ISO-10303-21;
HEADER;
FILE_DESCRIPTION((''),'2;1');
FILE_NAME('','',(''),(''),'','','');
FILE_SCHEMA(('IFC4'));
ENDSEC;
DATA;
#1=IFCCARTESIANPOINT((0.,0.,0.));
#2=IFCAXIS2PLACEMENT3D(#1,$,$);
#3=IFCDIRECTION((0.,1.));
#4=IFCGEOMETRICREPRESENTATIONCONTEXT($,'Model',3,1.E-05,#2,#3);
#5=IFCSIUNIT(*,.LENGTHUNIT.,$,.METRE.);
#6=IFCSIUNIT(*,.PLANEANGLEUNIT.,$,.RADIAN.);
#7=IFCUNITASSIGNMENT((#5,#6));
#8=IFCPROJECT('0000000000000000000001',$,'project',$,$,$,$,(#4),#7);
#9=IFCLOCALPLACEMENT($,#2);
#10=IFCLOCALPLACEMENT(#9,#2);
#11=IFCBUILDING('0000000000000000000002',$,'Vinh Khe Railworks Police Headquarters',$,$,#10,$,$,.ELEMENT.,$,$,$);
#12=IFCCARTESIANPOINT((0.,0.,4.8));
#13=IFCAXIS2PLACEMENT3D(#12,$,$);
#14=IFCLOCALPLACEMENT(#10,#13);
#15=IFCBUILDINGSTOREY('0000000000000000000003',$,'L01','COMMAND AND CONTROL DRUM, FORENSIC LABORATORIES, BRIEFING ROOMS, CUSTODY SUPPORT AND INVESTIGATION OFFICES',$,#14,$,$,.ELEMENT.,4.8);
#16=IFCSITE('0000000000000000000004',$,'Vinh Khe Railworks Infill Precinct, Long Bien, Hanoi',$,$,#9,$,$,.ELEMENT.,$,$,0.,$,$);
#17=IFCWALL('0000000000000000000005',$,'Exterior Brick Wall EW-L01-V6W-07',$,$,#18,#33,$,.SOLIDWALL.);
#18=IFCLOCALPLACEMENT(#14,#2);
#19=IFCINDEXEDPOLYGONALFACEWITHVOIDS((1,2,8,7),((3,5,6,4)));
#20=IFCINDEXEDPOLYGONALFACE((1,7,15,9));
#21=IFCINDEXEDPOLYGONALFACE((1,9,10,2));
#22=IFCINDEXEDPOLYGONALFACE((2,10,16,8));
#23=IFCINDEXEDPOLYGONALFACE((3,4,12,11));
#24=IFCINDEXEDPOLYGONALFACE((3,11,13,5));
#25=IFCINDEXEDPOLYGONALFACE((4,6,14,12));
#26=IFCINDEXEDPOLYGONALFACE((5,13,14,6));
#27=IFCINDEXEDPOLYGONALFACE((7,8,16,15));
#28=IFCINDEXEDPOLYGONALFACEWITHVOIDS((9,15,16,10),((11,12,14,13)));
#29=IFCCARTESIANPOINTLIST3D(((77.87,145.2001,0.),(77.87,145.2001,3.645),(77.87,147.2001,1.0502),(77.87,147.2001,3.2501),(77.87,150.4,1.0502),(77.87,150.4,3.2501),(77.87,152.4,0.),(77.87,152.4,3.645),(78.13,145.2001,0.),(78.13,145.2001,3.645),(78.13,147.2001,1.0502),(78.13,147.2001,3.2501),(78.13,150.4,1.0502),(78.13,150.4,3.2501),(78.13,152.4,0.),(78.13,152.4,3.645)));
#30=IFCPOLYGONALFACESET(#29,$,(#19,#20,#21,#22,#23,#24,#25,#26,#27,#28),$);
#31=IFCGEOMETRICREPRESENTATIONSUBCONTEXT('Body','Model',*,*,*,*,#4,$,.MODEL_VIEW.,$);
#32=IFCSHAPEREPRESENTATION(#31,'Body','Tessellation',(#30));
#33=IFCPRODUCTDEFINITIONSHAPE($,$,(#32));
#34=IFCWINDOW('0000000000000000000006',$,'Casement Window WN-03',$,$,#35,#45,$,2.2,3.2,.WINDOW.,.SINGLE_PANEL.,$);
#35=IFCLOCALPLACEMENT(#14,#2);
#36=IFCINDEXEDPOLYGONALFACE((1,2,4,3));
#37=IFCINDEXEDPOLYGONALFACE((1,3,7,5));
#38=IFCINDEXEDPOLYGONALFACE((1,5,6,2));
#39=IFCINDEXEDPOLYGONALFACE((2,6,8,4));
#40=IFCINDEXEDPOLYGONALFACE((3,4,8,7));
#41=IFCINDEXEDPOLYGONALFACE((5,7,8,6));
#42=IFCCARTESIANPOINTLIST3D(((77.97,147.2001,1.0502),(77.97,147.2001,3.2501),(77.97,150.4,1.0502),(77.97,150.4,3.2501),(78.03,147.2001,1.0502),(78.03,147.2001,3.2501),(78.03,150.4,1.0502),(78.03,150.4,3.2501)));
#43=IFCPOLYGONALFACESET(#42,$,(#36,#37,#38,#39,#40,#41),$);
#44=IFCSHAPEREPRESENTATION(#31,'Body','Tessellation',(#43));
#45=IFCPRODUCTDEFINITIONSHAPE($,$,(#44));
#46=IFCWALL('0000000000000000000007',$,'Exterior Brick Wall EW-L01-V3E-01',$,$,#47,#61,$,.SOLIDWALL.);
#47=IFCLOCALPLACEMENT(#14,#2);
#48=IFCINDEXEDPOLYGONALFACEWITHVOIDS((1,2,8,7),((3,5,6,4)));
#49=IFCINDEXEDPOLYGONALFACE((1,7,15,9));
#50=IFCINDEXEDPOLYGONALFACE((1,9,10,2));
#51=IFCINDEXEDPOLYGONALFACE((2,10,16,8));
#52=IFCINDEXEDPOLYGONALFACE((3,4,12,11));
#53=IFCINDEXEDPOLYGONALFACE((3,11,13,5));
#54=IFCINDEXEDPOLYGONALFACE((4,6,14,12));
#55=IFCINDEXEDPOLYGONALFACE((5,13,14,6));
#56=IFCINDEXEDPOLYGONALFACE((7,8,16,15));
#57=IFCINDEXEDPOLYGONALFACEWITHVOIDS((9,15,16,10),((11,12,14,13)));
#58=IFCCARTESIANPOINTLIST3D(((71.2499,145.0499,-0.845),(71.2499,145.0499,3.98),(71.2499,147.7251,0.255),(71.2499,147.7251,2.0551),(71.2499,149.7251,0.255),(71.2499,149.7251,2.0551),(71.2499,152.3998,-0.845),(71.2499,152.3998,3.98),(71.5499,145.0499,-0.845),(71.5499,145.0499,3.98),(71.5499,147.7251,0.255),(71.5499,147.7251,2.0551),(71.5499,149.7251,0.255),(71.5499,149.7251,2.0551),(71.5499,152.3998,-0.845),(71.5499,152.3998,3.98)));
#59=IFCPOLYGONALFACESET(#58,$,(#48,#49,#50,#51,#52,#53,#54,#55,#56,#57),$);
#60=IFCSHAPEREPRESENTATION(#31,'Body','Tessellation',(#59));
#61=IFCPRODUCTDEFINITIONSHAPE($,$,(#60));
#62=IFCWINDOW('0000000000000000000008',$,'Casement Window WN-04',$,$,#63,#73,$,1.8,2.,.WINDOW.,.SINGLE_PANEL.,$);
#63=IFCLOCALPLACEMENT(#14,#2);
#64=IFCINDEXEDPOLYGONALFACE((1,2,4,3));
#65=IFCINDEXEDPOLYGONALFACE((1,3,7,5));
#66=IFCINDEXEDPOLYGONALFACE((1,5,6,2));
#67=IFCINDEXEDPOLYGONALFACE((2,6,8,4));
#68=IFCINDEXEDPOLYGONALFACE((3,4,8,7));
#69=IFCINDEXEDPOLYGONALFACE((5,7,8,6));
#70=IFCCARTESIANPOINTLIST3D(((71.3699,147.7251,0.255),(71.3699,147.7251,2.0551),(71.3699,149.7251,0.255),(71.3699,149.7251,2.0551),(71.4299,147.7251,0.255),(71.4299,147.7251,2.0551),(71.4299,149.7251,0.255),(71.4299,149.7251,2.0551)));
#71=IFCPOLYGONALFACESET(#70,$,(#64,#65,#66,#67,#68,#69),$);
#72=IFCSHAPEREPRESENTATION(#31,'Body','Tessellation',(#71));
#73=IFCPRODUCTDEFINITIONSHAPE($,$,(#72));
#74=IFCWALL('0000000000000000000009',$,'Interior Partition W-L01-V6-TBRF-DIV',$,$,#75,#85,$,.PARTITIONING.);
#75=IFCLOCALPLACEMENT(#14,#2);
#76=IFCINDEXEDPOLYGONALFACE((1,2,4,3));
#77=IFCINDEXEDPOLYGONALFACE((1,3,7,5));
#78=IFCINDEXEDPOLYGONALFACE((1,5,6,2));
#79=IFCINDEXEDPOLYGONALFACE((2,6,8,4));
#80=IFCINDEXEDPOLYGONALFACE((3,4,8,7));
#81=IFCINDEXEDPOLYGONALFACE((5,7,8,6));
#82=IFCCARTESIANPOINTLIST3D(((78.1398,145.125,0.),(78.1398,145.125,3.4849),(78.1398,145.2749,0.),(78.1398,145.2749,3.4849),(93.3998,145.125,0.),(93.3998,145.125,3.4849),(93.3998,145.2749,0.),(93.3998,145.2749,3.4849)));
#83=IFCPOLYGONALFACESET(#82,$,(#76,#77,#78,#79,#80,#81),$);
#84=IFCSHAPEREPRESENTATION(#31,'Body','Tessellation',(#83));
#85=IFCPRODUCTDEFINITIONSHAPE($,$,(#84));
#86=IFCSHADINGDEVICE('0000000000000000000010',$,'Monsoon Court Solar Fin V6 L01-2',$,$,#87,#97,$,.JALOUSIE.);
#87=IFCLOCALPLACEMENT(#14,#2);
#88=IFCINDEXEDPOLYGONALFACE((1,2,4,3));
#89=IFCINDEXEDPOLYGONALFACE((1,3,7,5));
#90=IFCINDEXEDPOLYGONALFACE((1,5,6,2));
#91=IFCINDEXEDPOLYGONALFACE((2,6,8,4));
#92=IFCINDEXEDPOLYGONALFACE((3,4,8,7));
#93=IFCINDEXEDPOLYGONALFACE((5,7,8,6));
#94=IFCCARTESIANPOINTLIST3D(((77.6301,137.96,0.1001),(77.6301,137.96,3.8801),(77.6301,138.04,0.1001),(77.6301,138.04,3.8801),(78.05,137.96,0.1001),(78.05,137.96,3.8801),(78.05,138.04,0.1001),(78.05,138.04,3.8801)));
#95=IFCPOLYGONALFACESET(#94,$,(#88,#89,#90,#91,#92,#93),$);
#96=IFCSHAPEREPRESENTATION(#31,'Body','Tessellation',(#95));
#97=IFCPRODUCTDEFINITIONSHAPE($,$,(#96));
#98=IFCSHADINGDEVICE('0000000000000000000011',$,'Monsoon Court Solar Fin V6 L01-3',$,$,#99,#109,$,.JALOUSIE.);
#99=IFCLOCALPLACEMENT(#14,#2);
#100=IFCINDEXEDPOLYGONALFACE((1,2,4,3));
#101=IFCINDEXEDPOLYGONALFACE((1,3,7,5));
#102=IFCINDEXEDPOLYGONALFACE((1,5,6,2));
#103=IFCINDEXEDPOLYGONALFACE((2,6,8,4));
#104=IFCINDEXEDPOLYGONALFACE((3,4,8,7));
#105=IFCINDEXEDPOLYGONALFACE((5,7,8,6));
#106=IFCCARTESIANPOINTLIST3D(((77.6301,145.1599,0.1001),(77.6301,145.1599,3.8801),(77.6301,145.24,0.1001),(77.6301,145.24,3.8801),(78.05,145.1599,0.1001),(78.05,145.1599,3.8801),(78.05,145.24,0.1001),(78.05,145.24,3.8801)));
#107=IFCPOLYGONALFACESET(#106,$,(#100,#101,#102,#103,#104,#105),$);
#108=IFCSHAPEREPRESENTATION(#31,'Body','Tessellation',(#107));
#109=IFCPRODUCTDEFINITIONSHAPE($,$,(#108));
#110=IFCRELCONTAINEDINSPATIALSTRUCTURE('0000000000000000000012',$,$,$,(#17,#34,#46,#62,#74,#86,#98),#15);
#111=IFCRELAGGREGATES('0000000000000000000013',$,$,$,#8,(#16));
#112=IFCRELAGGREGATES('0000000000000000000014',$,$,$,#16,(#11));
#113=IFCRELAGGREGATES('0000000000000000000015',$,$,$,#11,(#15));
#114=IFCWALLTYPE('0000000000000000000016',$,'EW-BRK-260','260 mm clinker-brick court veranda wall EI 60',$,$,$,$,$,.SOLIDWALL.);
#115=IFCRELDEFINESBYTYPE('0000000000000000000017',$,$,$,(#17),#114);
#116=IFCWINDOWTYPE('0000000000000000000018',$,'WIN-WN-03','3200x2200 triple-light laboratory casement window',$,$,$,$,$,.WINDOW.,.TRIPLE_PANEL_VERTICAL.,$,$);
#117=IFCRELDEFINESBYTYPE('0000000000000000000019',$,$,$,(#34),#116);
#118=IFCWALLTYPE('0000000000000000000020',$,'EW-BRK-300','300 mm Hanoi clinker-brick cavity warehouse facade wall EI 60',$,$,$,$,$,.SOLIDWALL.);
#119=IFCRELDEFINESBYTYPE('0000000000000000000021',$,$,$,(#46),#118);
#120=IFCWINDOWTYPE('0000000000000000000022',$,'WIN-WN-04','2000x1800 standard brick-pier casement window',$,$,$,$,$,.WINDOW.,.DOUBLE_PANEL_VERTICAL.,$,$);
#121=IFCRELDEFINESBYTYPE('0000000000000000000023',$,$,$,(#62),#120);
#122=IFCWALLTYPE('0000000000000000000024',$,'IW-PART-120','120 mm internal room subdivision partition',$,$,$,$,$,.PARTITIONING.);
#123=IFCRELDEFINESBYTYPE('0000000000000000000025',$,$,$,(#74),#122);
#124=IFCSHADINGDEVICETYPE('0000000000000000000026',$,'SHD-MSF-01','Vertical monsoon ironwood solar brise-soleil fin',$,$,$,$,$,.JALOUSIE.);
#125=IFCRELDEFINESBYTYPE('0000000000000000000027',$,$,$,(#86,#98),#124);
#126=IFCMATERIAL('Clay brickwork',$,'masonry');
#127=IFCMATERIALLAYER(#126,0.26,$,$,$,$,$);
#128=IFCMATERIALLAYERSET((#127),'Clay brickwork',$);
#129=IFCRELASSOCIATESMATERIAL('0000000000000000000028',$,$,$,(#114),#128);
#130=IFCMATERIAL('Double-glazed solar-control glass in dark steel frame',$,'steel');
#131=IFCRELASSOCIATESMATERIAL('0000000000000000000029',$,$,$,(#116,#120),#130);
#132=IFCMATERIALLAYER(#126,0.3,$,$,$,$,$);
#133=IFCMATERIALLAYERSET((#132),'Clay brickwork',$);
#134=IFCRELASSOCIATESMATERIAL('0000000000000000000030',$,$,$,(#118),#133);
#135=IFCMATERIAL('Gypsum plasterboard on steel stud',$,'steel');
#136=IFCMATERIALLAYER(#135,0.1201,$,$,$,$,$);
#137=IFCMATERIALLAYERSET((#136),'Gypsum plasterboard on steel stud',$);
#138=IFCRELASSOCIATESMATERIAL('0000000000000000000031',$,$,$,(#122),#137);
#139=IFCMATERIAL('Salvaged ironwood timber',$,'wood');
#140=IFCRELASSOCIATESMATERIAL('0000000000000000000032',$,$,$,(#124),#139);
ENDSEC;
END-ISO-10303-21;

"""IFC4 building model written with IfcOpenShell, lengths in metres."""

from ifc_helpers import new_model, si_unit, direction, frame, frame_2d, origin, origin_2d, place, context, subcontext, project, spatial, rectangle, extrude, material, layer, layer_set, type_object, element, fill, save


model = new_model("IFC4")

# Units and contexts
model_context = context("Model", 3, precision=1e-05, world=origin(), true_north=direction((0.0, 1.0)))
body_context = subcontext(model_context, "Body", "Model", "MODEL_VIEW")
ifc_project = project(units=[si_unit("LENGTHUNIT", "METRE"), si_unit("PLANEANGLEUNIT", "RADIAN")], contexts=[model_context])

# Site, building, storey
site_placement = place(None, origin())
site = spatial("IfcSite", under=ifc_project, at=site_placement, Name="Vinh Khe Railworks Infill Precinct, Long Bien, Hanoi", CompositionType="ELEMENT", RefElevation=0.0)
building_placement = place(site_placement, origin())
building = spatial("IfcBuilding", under=site, at=building_placement, Name="Vinh Khe Railworks Police Headquarters", CompositionType="ELEMENT")
storey_placement = place(building_placement, frame((0.0, 0.0, 4.8)))
storey = spatial("IfcBuildingStorey", under=building, at=storey_placement, Name="L01", Description="COMMAND AND CONTROL DRUM, FORENSIC LABORATORIES, BRIEFING ROOMS, CUSTODY SUPPORT AND INVESTIGATION OFFICES", CompositionType="ELEMENT", Elevation=4.8)

# Walls, openings, windows
ifc_material_1 = material(Name="Clay brickwork", Category="masonry")
ifc_layer_1 = layer(ifc_material_1, 0.26)
ifc_layer_set_1 = layer_set([ifc_layer_1], Name="Clay brickwork")
wall_type_1 = type_object("IfcWallType", Name="EW-BRK-260", Description="260 mm clinker-brick court veranda wall EI 60", PredefinedType="SOLIDWALL", material=ifc_layer_set_1)
ifc_material_2 = material(Name="Double-glazed solar-control glass in dark steel frame", Category="steel")
window_type_1 = type_object("IfcWindowType", Name="WIN-WN-03", Description="3200x2200 triple-light laboratory casement window", PartitioningType="TRIPLE_PANEL_VERTICAL", PredefinedType="WINDOW", material=ifc_material_2)
wall_1_placement = place(storey_placement, frame((78.0, 145.2, 0.0), z_axis=(0.0, 0.0, 1.0), x_axis=(0.0, 1.0, 0.0)))
wall_1 = element("IfcWall", 1, at=wall_1_placement, inside=storey, type_object=wall_type_1, Name="Exterior Brick Wall EW-L01-V6W-07", PredefinedType="SOLIDWALL", context=body_context, shape_type="SweptSolid", body=[
    extrude(rectangle(XDim=7.2, YDim=0.26, at=frame_2d((3.6001, 0.0))), origin(), (0.0, 0.0, 1.0), 3.645),
])
opening_1_placement = place(wall_1_placement, frame((2.0, 0.0, 1.05)))
opening_1 = element("IfcOpeningElement", 2, at=opening_1_placement, cuts=wall_1, PredefinedType="OPENING", context=body_context, shape_type="SweptSolid", body=[
    extrude(rectangle(XDim=3.2, YDim=2.2, at=frame_2d((1.6001, 1.1001))), frame((0.0, 0.145, 0.0), z_axis=(0.0, -1.0, 0.0), x_axis=(1.0, 0.0, 0.0)), (0.0, 0.0, 1.0), 0.2898),
])
window_1_placement = place(opening_1_placement, origin())
window_1 = element("IfcWindow", 3, at=window_1_placement, inside=storey, type_object=window_type_1, Name="Casement Window WN-03", OverallHeight=2.2, OverallWidth=3.2, PartitioningType="SINGLE_PANEL", PredefinedType="WINDOW", context=body_context, shape_type="SweptSolid", body=[
    extrude(rectangle(XDim=3.2, YDim=2.2, at=frame_2d((1.6001, 1.1001))), frame((0.0, 0.03, 0.0), z_axis=(0.0, -1.0, 0.0), x_axis=(1.0, 0.0, 0.0)), (0.0, 0.0, 1.0), 0.0601),
])
fill(opening_1, window_1)
ifc_layer_2 = layer(ifc_material_1, 0.3)
ifc_layer_set_2 = layer_set([ifc_layer_2], Name="Clay brickwork")
wall_type_2 = type_object("IfcWallType", Name="EW-BRK-300", Description="300 mm Hanoi clinker-brick cavity warehouse facade wall EI 60", PredefinedType="SOLIDWALL", material=ifc_layer_set_2)
wall_2_placement = place(storey_placement, frame((71.3999, 145.05, -0.845), z_axis=(0.0, 0.0, 1.0), x_axis=(0.0, 1.0, 0.0)))
wall_2 = element("IfcWall", 4, at=wall_2_placement, inside=storey, type_object=wall_type_2, Name="Exterior Brick Wall EW-L01-V3E-01", PredefinedType="SOLIDWALL", context=body_context, shape_type="SweptSolid", body=[
    extrude(rectangle(XDim=7.3499, YDim=0.3, at=frame_2d((3.6748, 0.0))), origin(), (0.0, 0.0, 1.0), 4.825),
])
opening_2_placement = place(wall_2_placement, frame((2.675, 0.0, 1.1001)))
opening_2 = element("IfcOpeningElement", 5, at=opening_2_placement, cuts=wall_2, PredefinedType="OPENING", context=body_context, shape_type="SweptSolid", body=[
    extrude(rectangle(XDim=2.0, YDim=1.8, at=frame_2d((1.0, 0.8999))), frame((0.0, 0.165, 0.0), z_axis=(0.0, -1.0, 0.0), x_axis=(1.0, 0.0, 0.0)), (0.0, 0.0, 1.0), 0.3298),
])
window_type_2 = type_object("IfcWindowType", Name="WIN-WN-04", Description="2000x1800 standard brick-pier casement window", PartitioningType="DOUBLE_PANEL_VERTICAL", PredefinedType="WINDOW", material=ifc_material_2)
window_2_placement = place(opening_2_placement, origin())
window_2 = element("IfcWindow", 6, at=window_2_placement, inside=storey, type_object=window_type_2, Name="Casement Window WN-04", OverallHeight=1.8, OverallWidth=2.0, PartitioningType="SINGLE_PANEL", PredefinedType="WINDOW", context=body_context, shape_type="SweptSolid", body=[
    extrude(rectangle(XDim=2.0, YDim=1.8, at=frame_2d((1.0, 0.8999))), frame((0.0, 0.03, 0.0), z_axis=(0.0, -1.0, 0.0), x_axis=(1.0, 0.0, 0.0)), (0.0, 0.0, 1.0), 0.0601),
])
fill(opening_2, window_2)

# Wall
ifc_material_3 = material(Name="Gypsum plasterboard on steel stud", Category="steel")
ifc_layer_3 = layer(ifc_material_3, 0.1201)
ifc_layer_set_3 = layer_set([ifc_layer_3], Name="Gypsum plasterboard on steel stud")
wall_type_3 = type_object("IfcWallType", Name="IW-PART-120", Description="120 mm internal room subdivision partition", PredefinedType="PARTITIONING", material=ifc_layer_set_3)
wall_3_placement = place(storey_placement, frame((78.1399, 145.2, 0.0), z_axis=(0.0, 0.0, 1.0), x_axis=(1.0, 0.0, 0.0)))
element("IfcWall", 7, at=wall_3_placement, inside=storey, type_object=wall_type_3, Name="Interior Partition W-L01-V6-TBRF-DIV", PredefinedType="PARTITIONING", context=body_context, shape_type="SweptSolid", body=[
    extrude(rectangle(XDim=15.26, YDim=0.1499, at=frame_2d((7.6299, 0.0))), origin(), (0.0, 0.0, 1.0), 3.4849),
])

# Shading devices
ifc_material_4 = material(Name="Salvaged ironwood timber", Category="wood")
shading_device_type = type_object("IfcShadingDeviceType", Name="SHD-MSF-01", Description="Vertical monsoon ironwood solar brise-soleil fin", PredefinedType="JALOUSIE", material=ifc_material_4)
for number, where, z_axis, x_axis, name in (
    (8, (77.8401, 138.0, 0.1001), (0.0, 0.0, 1.0), (1.0, 0.0, 0.0), "Monsoon Court Solar Fin V6 L01-2"),
    (9, (77.8401, 145.2, 0.1001), (0.0, 0.0, 1.0), (1.0, 0.0, 0.0), "Monsoon Court Solar Fin V6 L01-3"),
):
    element("IfcShadingDevice", number, at=place(storey_placement, frame(where, z_axis=z_axis, x_axis=x_axis)), inside=storey, type_object=shading_device_type, Name=name, PredefinedType="JALOUSIE", context=body_context, shape_type="SweptSolid", body=[
        extrude(rectangle(XDim=0.4199, YDim=0.0801, at=origin_2d()), origin(), (0.0, 0.0, 1.0), 3.78),
    ])

save(model, "model.ifc")
